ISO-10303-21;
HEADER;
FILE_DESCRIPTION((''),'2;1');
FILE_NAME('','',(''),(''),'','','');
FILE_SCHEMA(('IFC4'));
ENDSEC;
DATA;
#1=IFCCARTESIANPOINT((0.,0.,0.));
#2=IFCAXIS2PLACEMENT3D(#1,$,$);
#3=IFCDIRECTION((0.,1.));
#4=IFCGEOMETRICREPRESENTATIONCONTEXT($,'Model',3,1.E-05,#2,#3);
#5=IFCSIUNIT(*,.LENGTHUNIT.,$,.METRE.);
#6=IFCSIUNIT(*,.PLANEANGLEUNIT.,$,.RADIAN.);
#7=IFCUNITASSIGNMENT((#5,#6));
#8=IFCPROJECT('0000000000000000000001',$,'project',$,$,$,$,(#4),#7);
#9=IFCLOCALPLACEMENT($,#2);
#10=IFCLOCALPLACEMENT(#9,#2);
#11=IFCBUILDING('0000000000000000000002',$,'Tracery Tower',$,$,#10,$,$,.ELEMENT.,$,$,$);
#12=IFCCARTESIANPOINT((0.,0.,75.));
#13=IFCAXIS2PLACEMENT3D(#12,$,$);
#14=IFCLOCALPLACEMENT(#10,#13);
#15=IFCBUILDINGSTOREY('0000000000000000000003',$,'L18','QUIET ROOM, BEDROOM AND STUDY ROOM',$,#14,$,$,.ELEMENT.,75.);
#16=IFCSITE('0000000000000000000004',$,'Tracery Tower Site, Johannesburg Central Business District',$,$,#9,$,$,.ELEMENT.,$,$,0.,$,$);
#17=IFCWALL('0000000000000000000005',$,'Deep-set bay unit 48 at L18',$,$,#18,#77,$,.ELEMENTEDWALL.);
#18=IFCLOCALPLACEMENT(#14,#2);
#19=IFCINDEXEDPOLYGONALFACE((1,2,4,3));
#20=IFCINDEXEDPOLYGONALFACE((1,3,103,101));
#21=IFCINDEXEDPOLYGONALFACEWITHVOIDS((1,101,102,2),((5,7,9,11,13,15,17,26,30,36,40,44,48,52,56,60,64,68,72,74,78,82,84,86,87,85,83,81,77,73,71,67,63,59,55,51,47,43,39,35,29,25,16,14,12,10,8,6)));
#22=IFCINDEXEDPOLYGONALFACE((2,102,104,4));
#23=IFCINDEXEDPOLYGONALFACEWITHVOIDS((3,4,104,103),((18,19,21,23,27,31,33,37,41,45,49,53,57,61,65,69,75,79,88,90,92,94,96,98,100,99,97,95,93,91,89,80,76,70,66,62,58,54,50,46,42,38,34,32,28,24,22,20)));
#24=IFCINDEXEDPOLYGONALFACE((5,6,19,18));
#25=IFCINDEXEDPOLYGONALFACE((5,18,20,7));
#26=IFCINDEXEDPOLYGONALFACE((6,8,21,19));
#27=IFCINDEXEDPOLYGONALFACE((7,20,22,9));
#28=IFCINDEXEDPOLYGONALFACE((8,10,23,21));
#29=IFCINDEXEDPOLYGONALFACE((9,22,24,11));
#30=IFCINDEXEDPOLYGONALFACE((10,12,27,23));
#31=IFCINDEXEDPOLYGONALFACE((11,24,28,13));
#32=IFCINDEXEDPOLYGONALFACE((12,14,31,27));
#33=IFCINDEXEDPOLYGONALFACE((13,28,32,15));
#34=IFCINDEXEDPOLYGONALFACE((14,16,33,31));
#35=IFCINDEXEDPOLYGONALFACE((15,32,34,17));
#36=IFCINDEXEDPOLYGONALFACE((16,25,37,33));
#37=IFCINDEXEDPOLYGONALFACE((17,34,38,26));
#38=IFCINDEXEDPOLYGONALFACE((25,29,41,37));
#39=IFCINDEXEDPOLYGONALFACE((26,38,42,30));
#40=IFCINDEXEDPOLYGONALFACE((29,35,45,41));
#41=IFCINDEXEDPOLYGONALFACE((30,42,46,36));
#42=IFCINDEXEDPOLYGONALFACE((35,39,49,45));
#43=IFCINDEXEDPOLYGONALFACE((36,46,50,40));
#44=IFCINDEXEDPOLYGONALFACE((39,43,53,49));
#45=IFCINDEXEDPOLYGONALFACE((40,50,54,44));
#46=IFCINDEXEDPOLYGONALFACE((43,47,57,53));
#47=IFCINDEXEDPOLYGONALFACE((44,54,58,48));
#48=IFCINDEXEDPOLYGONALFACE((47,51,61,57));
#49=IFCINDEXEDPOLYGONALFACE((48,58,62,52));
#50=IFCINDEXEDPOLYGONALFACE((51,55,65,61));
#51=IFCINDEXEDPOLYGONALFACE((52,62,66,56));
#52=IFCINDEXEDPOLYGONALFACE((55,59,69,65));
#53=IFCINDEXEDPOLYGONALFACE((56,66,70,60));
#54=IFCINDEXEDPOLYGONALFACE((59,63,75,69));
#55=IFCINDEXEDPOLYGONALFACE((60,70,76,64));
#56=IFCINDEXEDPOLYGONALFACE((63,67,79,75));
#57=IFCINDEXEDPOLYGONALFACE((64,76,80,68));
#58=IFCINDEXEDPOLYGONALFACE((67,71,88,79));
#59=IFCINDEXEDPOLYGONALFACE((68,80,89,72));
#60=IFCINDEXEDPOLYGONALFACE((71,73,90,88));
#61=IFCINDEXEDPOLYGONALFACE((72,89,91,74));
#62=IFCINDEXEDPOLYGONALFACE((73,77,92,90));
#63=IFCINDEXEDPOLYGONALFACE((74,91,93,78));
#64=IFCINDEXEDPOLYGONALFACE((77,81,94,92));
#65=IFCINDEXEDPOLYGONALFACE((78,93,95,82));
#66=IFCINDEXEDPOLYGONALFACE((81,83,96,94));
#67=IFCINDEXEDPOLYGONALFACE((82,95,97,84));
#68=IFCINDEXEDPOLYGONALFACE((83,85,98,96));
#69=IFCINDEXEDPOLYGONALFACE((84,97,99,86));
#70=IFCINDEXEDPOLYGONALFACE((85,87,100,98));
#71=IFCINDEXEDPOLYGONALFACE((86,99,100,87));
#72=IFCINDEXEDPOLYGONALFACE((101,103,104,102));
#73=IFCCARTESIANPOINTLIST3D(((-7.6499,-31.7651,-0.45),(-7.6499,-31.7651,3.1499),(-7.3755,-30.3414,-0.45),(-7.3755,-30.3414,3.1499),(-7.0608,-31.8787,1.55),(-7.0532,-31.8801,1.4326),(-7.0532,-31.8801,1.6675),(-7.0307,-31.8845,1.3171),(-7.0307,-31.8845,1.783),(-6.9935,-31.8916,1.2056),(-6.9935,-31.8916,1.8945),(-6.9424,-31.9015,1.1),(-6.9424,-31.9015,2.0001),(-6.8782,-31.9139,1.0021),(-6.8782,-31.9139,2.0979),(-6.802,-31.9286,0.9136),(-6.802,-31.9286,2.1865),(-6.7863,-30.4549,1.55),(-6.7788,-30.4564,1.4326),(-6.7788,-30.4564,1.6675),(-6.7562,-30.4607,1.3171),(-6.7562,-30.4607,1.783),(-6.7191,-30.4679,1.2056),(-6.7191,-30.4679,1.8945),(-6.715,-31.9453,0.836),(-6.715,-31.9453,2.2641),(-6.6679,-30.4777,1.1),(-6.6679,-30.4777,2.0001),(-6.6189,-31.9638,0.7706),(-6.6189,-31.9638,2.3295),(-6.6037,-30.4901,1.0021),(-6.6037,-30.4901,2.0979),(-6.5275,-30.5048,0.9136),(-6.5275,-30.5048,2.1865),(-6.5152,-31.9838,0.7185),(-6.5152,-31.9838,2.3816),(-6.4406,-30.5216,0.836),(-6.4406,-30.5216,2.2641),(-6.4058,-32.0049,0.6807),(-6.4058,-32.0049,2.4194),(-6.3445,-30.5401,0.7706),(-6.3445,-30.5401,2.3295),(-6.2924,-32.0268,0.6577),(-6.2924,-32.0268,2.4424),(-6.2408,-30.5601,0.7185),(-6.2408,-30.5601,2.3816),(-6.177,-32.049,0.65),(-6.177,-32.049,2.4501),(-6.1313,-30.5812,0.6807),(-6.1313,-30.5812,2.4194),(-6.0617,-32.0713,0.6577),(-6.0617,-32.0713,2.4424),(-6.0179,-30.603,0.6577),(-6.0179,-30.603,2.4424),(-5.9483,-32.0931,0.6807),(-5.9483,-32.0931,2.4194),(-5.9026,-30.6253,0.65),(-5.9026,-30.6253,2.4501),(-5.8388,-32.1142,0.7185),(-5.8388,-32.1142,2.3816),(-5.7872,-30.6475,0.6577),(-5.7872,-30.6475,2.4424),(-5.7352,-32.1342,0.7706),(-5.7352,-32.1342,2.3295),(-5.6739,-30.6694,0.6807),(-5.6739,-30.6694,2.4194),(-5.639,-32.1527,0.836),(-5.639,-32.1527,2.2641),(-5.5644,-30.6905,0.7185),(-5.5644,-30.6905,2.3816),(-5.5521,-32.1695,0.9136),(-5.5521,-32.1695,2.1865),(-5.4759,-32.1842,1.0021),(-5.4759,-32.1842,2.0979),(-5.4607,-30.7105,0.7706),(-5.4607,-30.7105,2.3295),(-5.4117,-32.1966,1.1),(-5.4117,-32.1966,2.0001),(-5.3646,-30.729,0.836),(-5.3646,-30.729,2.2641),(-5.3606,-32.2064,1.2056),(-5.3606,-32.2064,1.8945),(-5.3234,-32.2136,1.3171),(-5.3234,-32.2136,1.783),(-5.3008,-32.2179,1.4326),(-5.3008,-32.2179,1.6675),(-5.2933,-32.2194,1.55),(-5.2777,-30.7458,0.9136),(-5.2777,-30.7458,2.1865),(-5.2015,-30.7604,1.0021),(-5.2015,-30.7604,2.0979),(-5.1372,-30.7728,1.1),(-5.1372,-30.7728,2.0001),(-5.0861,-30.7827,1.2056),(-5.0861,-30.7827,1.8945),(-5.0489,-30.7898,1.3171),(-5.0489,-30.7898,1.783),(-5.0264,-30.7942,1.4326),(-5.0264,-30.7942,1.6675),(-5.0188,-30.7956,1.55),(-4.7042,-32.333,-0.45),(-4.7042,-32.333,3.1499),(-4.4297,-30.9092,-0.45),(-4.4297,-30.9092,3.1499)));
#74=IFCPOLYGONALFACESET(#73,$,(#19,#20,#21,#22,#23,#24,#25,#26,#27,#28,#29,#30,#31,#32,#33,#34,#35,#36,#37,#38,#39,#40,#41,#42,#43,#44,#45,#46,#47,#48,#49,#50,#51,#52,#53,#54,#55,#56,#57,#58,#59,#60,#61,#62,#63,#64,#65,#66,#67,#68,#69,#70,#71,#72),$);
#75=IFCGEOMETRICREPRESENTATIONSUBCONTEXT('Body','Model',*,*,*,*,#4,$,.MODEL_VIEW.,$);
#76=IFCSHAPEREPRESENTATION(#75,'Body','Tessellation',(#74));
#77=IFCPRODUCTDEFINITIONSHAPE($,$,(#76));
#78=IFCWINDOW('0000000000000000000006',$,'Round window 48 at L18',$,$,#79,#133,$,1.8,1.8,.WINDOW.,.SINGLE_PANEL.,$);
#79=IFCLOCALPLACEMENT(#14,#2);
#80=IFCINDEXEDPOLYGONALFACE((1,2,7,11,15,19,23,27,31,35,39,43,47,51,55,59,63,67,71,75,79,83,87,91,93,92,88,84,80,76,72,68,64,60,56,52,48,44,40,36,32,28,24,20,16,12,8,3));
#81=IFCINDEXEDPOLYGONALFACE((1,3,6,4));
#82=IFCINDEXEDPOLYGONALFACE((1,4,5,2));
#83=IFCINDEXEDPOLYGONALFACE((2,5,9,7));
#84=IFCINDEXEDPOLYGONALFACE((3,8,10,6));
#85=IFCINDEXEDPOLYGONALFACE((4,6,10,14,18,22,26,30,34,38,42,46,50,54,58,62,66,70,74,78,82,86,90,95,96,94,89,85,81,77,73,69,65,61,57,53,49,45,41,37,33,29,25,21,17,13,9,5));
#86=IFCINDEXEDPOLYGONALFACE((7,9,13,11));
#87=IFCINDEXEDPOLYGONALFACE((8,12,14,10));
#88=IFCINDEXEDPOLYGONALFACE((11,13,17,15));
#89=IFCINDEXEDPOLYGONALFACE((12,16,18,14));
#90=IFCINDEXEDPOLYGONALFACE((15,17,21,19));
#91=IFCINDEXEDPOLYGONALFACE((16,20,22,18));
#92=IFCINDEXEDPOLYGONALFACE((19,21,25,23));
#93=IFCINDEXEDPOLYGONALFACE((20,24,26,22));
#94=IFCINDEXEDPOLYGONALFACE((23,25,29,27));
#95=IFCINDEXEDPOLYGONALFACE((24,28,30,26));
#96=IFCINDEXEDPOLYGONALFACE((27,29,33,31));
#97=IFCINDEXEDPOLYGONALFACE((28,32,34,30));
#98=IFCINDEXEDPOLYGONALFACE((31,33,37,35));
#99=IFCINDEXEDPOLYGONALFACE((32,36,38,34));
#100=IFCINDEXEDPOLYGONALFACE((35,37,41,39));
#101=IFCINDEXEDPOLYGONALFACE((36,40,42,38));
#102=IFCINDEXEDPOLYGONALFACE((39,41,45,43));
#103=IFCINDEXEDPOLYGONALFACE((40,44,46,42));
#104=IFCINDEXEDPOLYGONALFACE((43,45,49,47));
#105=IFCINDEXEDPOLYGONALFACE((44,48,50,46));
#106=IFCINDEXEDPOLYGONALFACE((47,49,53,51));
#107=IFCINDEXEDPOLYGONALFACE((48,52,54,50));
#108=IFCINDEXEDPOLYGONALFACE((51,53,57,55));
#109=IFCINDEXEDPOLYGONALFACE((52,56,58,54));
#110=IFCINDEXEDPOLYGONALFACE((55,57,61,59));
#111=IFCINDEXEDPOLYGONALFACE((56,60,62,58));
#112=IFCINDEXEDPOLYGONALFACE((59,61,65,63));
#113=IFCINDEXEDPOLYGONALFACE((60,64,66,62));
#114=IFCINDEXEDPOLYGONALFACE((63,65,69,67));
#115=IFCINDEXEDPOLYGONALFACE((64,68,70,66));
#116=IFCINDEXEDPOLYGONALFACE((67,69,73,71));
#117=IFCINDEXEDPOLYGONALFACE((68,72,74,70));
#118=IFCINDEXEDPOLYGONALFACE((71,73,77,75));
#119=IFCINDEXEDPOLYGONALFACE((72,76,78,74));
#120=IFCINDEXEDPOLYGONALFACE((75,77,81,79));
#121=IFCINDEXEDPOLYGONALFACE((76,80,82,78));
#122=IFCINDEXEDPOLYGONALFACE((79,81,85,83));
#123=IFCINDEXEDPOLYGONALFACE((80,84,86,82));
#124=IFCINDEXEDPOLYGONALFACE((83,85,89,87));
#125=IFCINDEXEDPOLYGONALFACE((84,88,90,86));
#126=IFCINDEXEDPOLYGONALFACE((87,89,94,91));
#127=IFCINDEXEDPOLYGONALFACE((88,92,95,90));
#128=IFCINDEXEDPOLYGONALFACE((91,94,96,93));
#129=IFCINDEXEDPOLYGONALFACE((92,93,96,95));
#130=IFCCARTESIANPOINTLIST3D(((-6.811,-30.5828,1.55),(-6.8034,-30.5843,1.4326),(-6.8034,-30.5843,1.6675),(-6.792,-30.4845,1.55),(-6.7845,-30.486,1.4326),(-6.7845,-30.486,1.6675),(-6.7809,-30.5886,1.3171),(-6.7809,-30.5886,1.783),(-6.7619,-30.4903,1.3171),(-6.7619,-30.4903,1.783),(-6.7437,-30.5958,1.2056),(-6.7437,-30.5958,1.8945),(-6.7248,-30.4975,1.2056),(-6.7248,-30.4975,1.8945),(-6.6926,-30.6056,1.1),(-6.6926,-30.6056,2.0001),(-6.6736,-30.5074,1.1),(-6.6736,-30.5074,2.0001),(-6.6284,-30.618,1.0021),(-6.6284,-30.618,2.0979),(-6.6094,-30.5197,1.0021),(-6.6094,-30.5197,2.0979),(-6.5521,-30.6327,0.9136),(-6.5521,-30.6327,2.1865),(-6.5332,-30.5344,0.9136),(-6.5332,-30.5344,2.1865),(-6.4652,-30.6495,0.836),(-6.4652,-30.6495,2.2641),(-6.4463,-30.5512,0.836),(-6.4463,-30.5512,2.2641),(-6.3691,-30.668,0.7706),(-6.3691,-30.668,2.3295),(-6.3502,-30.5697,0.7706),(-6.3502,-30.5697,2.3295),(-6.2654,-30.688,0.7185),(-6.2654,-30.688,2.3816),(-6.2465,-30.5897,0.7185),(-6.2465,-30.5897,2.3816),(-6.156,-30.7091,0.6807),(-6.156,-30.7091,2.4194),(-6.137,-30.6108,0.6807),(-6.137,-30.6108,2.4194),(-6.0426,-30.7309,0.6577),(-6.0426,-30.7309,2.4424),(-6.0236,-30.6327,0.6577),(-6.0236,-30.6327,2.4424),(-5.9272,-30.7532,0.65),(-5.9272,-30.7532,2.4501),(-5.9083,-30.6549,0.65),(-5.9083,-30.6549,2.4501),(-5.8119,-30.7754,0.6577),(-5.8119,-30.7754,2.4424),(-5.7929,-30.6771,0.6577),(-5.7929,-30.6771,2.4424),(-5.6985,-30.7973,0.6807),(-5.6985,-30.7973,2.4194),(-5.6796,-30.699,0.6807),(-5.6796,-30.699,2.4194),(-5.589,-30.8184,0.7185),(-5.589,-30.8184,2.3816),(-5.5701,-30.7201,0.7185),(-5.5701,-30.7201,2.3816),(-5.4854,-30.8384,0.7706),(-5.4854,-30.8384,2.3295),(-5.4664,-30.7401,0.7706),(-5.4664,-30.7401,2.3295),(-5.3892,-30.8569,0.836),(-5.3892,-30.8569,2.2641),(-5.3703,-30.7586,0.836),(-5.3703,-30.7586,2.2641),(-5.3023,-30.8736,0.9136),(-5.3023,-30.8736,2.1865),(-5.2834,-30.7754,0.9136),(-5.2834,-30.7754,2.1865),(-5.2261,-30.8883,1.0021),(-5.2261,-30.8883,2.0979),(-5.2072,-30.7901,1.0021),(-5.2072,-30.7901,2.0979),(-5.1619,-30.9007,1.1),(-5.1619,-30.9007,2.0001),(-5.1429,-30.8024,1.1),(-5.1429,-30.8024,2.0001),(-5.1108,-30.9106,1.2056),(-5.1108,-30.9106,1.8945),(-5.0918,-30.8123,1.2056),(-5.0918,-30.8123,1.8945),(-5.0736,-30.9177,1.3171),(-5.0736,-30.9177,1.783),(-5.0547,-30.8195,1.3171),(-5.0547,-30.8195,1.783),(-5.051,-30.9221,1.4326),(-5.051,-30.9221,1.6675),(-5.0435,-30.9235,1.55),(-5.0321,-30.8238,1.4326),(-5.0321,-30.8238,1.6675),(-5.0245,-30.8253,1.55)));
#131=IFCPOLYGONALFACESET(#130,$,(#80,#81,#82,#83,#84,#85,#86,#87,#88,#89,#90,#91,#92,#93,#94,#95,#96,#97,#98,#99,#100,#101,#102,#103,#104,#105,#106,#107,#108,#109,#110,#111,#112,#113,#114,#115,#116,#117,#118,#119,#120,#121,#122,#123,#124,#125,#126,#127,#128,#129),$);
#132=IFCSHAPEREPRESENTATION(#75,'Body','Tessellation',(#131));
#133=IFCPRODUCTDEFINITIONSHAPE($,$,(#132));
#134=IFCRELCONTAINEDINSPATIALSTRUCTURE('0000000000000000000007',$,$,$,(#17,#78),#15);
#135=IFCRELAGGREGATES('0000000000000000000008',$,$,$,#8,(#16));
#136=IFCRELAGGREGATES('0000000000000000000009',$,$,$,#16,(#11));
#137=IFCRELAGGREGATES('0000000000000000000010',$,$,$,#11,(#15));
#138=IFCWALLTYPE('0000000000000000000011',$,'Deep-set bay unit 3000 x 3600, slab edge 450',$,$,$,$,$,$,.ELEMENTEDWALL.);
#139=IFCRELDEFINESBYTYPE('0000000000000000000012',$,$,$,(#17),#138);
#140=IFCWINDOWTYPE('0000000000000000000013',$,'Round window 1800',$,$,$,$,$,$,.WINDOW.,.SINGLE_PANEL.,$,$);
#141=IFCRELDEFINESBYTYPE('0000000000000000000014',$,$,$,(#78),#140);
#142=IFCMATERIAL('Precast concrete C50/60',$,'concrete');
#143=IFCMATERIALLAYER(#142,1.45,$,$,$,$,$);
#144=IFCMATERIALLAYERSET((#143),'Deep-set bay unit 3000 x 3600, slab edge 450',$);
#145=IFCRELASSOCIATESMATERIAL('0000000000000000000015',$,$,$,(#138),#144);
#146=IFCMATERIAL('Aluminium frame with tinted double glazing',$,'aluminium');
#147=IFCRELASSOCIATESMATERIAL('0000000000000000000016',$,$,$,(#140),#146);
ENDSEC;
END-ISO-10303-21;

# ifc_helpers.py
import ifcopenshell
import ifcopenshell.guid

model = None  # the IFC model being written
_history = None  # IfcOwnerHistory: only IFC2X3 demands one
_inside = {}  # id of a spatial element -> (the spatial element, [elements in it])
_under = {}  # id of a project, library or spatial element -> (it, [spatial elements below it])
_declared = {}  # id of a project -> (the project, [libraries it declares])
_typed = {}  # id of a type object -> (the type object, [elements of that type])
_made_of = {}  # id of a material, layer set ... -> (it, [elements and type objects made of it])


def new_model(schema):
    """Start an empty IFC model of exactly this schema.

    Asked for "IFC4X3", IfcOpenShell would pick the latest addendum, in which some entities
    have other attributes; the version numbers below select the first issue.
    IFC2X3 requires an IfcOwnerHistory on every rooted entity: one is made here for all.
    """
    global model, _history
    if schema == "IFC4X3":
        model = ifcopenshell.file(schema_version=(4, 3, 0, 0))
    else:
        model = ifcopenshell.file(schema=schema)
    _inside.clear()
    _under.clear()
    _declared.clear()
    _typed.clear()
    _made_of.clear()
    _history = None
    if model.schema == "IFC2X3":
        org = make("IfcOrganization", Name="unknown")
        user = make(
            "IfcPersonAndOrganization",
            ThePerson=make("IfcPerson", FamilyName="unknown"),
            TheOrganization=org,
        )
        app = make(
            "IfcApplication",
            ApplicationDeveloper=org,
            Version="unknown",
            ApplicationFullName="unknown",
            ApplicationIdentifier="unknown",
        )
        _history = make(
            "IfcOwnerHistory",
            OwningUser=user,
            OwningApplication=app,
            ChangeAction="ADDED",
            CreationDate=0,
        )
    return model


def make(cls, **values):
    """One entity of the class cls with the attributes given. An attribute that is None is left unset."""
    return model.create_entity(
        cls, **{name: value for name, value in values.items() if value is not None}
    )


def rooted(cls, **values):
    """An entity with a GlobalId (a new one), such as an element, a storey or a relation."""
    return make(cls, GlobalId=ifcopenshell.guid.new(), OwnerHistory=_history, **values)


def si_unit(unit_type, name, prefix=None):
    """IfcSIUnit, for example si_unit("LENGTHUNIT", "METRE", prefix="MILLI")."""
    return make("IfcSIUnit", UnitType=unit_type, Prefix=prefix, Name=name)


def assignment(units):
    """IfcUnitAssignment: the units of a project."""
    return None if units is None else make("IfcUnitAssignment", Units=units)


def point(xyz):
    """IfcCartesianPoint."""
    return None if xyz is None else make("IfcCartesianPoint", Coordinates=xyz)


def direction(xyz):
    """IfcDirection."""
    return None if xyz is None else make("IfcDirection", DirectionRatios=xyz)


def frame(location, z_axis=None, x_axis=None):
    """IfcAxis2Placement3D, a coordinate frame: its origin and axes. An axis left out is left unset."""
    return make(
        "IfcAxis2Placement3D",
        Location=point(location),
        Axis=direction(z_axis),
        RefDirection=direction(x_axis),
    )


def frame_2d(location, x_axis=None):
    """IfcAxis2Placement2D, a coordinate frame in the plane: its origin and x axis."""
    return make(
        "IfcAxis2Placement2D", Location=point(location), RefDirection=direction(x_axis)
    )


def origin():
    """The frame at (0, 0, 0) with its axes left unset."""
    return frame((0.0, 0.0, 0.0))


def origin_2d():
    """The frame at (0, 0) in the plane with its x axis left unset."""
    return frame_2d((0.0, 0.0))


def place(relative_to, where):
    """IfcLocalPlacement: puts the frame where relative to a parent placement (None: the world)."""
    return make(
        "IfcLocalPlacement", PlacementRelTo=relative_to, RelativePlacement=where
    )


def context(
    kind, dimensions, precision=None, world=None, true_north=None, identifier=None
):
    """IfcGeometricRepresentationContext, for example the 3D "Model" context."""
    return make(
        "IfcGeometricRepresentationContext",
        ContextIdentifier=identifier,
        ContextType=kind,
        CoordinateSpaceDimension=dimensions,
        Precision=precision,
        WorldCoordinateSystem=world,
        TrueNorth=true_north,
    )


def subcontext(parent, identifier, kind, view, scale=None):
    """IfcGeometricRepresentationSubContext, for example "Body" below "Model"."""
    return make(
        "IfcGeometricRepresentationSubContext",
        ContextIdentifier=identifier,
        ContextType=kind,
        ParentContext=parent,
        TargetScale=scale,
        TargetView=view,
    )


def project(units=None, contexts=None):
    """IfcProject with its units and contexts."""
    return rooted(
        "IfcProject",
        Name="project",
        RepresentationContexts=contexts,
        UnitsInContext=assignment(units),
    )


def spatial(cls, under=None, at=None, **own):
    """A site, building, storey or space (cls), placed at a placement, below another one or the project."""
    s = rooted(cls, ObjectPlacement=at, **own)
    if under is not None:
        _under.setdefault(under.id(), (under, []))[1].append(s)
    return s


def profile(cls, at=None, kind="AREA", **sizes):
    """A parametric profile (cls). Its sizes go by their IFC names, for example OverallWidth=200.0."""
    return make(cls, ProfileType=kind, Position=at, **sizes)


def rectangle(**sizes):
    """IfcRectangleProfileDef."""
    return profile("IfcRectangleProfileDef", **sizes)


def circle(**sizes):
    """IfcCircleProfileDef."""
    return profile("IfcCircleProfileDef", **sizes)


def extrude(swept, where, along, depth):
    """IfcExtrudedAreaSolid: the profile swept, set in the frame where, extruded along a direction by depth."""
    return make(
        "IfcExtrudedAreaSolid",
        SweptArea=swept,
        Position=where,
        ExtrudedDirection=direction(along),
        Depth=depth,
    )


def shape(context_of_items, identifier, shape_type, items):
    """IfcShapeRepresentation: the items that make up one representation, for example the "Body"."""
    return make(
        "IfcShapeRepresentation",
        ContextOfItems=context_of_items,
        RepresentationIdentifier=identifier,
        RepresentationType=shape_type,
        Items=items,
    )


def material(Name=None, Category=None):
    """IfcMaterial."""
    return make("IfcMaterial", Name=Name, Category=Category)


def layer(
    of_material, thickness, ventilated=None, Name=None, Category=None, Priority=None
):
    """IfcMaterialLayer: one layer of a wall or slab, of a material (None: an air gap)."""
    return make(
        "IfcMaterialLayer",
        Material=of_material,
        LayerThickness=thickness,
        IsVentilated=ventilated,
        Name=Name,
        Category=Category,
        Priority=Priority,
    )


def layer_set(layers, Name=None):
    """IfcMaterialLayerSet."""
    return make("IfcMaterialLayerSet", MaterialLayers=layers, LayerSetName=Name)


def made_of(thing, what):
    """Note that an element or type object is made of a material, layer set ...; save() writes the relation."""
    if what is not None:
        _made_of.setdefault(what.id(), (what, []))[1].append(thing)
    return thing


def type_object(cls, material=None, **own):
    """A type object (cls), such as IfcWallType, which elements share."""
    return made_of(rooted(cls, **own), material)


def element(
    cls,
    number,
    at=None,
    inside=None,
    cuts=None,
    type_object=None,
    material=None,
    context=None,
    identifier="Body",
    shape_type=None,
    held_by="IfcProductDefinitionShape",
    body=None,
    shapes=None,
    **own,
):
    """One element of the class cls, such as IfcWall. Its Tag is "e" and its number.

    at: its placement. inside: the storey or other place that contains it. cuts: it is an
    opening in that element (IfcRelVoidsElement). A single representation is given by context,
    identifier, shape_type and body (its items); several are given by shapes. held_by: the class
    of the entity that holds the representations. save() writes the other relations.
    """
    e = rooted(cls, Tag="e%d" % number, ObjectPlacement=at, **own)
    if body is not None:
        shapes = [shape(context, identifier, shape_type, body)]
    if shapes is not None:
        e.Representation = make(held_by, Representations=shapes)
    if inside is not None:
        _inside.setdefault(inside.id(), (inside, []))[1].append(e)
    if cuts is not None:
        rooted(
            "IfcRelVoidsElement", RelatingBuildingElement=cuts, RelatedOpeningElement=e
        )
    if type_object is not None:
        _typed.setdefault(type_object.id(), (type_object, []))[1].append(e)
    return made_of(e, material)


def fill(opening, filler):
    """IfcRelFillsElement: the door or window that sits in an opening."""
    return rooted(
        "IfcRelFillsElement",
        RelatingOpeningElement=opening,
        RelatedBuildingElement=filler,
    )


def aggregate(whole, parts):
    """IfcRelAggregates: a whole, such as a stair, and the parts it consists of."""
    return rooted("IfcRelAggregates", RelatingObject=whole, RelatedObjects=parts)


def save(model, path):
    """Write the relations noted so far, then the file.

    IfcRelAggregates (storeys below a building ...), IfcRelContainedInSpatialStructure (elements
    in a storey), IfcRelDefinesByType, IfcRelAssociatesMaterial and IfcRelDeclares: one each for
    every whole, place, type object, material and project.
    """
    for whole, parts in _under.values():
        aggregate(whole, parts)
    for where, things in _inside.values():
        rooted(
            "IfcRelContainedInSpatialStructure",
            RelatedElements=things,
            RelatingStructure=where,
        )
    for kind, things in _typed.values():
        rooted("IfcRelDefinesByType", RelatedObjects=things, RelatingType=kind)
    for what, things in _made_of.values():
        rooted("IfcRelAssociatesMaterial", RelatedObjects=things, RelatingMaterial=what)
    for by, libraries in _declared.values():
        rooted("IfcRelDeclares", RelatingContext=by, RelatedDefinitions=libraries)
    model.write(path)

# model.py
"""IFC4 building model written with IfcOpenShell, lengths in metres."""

from ifc_helpers import new_model, si_unit, direction, frame, frame_2d, origin, origin_2d, place, context, subcontext, project, spatial, rectangle, circle, extrude, material, layer, layer_set, type_object, element, fill, save


model = new_model("IFC4")

# Units and contexts
model_context = context("Model", 3, precision=1e-05, world=origin(), true_north=direction((0.0, 1.0)))
body_context = subcontext(model_context, "Body", "Model", "MODEL_VIEW")
ifc_project = project(units=[si_unit("LENGTHUNIT", "METRE"), si_unit("PLANEANGLEUNIT", "RADIAN")], contexts=[model_context])

# Site, building, storey
site_placement = place(None, origin())
site = spatial("IfcSite", under=ifc_project, at=site_placement, Name="Tracery Tower Site, Johannesburg Central Business District", CompositionType="ELEMENT", RefElevation=0.0)
building_placement = place(site_placement, origin())
building = spatial("IfcBuilding", under=site, at=building_placement, Name="Tracery Tower", CompositionType="ELEMENT")
storey_placement = place(building_placement, frame((0.0, 0.0, 75.0)))
storey = spatial("IfcBuildingStorey", under=building, at=storey_placement, Name="L18", Description="QUIET ROOM, BEDROOM AND STUDY ROOM", CompositionType="ELEMENT", Elevation=75.0)

# Wall, opening, window
ifc_material_1 = material(Name="Precast concrete C50/60", Category="concrete")
ifc_layer_1 = layer(ifc_material_1, 1.45)
ifc_layer_set_1 = layer_set([ifc_layer_1], Name="Deep-set bay unit 3000 x 3600, slab edge 450")
wall_type_1 = type_object("IfcWallType", Name="Deep-set bay unit 3000 x 3600, slab edge 450", PredefinedType="ELEMENTEDWALL", material=ifc_layer_set_1)
wall_1_placement = place(storey_placement, frame((-7.5127, -31.0532, -0.45), z_axis=(0.0, 0.0, 1.0), x_axis=(0.981922, -0.189288, 0.0)))
wall_1 = element("IfcWall", 1, at=wall_1_placement, inside=storey, type_object=wall_type_1, Name="Deep-set bay unit 48 at L18", PredefinedType="ELEMENTEDWALL", context=body_context, shape_type="SweptSolid", body=[
    extrude(rectangle(XDim=3.0, YDim=1.45, at=frame_2d((1.5, 0.0))), origin(), (0.0, 0.0, 1.0), 3.5999),
])
opening_1_placement = place(wall_1_placement, frame((1.5, 0.0, 2.0)))
opening_1 = element("IfcOpeningElement", 2, at=opening_1_placement, cuts=wall_1, PredefinedType="OPENING", context=body_context, shape_type="SweptSolid", body=[
    extrude(circle(Radius=0.9, at=origin_2d()), frame((0.0, 0.7349, 0.0), z_axis=(0.0, -1.0, 0.0), x_axis=(1.0, 0.0, 0.0)), (0.0, 0.0, 1.0), 1.47),
])
ifc_material_2 = material(Name="Aluminium frame with tinted double glazing", Category="aluminium")
window_type = type_object("IfcWindowType", Name="Round window 1800", PartitioningType="SINGLE_PANEL", PredefinedType="WINDOW", material=ifc_material_2)
window_1_placement = place(opening_1_placement, origin())
window_1 = element("IfcWindow", 3, at=window_1_placement, inside=storey, type_object=window_type, Name="Round window 48 at L18", OverallHeight=1.8, OverallWidth=1.8, PartitioningType="SINGLE_PANEL", PredefinedType="WINDOW", context=body_context, shape_type="SweptSolid", body=[
    extrude(circle(Radius=0.9, at=origin_2d()), frame((0.0, 0.6948, 0.0), z_axis=(0.0, -1.0, 0.0), x_axis=(1.0, 0.0, 0.0)), (0.0, 0.0, 1.0), 0.1001),
])
fill(opening_1, window_1)

save(model, "model.ifc")
